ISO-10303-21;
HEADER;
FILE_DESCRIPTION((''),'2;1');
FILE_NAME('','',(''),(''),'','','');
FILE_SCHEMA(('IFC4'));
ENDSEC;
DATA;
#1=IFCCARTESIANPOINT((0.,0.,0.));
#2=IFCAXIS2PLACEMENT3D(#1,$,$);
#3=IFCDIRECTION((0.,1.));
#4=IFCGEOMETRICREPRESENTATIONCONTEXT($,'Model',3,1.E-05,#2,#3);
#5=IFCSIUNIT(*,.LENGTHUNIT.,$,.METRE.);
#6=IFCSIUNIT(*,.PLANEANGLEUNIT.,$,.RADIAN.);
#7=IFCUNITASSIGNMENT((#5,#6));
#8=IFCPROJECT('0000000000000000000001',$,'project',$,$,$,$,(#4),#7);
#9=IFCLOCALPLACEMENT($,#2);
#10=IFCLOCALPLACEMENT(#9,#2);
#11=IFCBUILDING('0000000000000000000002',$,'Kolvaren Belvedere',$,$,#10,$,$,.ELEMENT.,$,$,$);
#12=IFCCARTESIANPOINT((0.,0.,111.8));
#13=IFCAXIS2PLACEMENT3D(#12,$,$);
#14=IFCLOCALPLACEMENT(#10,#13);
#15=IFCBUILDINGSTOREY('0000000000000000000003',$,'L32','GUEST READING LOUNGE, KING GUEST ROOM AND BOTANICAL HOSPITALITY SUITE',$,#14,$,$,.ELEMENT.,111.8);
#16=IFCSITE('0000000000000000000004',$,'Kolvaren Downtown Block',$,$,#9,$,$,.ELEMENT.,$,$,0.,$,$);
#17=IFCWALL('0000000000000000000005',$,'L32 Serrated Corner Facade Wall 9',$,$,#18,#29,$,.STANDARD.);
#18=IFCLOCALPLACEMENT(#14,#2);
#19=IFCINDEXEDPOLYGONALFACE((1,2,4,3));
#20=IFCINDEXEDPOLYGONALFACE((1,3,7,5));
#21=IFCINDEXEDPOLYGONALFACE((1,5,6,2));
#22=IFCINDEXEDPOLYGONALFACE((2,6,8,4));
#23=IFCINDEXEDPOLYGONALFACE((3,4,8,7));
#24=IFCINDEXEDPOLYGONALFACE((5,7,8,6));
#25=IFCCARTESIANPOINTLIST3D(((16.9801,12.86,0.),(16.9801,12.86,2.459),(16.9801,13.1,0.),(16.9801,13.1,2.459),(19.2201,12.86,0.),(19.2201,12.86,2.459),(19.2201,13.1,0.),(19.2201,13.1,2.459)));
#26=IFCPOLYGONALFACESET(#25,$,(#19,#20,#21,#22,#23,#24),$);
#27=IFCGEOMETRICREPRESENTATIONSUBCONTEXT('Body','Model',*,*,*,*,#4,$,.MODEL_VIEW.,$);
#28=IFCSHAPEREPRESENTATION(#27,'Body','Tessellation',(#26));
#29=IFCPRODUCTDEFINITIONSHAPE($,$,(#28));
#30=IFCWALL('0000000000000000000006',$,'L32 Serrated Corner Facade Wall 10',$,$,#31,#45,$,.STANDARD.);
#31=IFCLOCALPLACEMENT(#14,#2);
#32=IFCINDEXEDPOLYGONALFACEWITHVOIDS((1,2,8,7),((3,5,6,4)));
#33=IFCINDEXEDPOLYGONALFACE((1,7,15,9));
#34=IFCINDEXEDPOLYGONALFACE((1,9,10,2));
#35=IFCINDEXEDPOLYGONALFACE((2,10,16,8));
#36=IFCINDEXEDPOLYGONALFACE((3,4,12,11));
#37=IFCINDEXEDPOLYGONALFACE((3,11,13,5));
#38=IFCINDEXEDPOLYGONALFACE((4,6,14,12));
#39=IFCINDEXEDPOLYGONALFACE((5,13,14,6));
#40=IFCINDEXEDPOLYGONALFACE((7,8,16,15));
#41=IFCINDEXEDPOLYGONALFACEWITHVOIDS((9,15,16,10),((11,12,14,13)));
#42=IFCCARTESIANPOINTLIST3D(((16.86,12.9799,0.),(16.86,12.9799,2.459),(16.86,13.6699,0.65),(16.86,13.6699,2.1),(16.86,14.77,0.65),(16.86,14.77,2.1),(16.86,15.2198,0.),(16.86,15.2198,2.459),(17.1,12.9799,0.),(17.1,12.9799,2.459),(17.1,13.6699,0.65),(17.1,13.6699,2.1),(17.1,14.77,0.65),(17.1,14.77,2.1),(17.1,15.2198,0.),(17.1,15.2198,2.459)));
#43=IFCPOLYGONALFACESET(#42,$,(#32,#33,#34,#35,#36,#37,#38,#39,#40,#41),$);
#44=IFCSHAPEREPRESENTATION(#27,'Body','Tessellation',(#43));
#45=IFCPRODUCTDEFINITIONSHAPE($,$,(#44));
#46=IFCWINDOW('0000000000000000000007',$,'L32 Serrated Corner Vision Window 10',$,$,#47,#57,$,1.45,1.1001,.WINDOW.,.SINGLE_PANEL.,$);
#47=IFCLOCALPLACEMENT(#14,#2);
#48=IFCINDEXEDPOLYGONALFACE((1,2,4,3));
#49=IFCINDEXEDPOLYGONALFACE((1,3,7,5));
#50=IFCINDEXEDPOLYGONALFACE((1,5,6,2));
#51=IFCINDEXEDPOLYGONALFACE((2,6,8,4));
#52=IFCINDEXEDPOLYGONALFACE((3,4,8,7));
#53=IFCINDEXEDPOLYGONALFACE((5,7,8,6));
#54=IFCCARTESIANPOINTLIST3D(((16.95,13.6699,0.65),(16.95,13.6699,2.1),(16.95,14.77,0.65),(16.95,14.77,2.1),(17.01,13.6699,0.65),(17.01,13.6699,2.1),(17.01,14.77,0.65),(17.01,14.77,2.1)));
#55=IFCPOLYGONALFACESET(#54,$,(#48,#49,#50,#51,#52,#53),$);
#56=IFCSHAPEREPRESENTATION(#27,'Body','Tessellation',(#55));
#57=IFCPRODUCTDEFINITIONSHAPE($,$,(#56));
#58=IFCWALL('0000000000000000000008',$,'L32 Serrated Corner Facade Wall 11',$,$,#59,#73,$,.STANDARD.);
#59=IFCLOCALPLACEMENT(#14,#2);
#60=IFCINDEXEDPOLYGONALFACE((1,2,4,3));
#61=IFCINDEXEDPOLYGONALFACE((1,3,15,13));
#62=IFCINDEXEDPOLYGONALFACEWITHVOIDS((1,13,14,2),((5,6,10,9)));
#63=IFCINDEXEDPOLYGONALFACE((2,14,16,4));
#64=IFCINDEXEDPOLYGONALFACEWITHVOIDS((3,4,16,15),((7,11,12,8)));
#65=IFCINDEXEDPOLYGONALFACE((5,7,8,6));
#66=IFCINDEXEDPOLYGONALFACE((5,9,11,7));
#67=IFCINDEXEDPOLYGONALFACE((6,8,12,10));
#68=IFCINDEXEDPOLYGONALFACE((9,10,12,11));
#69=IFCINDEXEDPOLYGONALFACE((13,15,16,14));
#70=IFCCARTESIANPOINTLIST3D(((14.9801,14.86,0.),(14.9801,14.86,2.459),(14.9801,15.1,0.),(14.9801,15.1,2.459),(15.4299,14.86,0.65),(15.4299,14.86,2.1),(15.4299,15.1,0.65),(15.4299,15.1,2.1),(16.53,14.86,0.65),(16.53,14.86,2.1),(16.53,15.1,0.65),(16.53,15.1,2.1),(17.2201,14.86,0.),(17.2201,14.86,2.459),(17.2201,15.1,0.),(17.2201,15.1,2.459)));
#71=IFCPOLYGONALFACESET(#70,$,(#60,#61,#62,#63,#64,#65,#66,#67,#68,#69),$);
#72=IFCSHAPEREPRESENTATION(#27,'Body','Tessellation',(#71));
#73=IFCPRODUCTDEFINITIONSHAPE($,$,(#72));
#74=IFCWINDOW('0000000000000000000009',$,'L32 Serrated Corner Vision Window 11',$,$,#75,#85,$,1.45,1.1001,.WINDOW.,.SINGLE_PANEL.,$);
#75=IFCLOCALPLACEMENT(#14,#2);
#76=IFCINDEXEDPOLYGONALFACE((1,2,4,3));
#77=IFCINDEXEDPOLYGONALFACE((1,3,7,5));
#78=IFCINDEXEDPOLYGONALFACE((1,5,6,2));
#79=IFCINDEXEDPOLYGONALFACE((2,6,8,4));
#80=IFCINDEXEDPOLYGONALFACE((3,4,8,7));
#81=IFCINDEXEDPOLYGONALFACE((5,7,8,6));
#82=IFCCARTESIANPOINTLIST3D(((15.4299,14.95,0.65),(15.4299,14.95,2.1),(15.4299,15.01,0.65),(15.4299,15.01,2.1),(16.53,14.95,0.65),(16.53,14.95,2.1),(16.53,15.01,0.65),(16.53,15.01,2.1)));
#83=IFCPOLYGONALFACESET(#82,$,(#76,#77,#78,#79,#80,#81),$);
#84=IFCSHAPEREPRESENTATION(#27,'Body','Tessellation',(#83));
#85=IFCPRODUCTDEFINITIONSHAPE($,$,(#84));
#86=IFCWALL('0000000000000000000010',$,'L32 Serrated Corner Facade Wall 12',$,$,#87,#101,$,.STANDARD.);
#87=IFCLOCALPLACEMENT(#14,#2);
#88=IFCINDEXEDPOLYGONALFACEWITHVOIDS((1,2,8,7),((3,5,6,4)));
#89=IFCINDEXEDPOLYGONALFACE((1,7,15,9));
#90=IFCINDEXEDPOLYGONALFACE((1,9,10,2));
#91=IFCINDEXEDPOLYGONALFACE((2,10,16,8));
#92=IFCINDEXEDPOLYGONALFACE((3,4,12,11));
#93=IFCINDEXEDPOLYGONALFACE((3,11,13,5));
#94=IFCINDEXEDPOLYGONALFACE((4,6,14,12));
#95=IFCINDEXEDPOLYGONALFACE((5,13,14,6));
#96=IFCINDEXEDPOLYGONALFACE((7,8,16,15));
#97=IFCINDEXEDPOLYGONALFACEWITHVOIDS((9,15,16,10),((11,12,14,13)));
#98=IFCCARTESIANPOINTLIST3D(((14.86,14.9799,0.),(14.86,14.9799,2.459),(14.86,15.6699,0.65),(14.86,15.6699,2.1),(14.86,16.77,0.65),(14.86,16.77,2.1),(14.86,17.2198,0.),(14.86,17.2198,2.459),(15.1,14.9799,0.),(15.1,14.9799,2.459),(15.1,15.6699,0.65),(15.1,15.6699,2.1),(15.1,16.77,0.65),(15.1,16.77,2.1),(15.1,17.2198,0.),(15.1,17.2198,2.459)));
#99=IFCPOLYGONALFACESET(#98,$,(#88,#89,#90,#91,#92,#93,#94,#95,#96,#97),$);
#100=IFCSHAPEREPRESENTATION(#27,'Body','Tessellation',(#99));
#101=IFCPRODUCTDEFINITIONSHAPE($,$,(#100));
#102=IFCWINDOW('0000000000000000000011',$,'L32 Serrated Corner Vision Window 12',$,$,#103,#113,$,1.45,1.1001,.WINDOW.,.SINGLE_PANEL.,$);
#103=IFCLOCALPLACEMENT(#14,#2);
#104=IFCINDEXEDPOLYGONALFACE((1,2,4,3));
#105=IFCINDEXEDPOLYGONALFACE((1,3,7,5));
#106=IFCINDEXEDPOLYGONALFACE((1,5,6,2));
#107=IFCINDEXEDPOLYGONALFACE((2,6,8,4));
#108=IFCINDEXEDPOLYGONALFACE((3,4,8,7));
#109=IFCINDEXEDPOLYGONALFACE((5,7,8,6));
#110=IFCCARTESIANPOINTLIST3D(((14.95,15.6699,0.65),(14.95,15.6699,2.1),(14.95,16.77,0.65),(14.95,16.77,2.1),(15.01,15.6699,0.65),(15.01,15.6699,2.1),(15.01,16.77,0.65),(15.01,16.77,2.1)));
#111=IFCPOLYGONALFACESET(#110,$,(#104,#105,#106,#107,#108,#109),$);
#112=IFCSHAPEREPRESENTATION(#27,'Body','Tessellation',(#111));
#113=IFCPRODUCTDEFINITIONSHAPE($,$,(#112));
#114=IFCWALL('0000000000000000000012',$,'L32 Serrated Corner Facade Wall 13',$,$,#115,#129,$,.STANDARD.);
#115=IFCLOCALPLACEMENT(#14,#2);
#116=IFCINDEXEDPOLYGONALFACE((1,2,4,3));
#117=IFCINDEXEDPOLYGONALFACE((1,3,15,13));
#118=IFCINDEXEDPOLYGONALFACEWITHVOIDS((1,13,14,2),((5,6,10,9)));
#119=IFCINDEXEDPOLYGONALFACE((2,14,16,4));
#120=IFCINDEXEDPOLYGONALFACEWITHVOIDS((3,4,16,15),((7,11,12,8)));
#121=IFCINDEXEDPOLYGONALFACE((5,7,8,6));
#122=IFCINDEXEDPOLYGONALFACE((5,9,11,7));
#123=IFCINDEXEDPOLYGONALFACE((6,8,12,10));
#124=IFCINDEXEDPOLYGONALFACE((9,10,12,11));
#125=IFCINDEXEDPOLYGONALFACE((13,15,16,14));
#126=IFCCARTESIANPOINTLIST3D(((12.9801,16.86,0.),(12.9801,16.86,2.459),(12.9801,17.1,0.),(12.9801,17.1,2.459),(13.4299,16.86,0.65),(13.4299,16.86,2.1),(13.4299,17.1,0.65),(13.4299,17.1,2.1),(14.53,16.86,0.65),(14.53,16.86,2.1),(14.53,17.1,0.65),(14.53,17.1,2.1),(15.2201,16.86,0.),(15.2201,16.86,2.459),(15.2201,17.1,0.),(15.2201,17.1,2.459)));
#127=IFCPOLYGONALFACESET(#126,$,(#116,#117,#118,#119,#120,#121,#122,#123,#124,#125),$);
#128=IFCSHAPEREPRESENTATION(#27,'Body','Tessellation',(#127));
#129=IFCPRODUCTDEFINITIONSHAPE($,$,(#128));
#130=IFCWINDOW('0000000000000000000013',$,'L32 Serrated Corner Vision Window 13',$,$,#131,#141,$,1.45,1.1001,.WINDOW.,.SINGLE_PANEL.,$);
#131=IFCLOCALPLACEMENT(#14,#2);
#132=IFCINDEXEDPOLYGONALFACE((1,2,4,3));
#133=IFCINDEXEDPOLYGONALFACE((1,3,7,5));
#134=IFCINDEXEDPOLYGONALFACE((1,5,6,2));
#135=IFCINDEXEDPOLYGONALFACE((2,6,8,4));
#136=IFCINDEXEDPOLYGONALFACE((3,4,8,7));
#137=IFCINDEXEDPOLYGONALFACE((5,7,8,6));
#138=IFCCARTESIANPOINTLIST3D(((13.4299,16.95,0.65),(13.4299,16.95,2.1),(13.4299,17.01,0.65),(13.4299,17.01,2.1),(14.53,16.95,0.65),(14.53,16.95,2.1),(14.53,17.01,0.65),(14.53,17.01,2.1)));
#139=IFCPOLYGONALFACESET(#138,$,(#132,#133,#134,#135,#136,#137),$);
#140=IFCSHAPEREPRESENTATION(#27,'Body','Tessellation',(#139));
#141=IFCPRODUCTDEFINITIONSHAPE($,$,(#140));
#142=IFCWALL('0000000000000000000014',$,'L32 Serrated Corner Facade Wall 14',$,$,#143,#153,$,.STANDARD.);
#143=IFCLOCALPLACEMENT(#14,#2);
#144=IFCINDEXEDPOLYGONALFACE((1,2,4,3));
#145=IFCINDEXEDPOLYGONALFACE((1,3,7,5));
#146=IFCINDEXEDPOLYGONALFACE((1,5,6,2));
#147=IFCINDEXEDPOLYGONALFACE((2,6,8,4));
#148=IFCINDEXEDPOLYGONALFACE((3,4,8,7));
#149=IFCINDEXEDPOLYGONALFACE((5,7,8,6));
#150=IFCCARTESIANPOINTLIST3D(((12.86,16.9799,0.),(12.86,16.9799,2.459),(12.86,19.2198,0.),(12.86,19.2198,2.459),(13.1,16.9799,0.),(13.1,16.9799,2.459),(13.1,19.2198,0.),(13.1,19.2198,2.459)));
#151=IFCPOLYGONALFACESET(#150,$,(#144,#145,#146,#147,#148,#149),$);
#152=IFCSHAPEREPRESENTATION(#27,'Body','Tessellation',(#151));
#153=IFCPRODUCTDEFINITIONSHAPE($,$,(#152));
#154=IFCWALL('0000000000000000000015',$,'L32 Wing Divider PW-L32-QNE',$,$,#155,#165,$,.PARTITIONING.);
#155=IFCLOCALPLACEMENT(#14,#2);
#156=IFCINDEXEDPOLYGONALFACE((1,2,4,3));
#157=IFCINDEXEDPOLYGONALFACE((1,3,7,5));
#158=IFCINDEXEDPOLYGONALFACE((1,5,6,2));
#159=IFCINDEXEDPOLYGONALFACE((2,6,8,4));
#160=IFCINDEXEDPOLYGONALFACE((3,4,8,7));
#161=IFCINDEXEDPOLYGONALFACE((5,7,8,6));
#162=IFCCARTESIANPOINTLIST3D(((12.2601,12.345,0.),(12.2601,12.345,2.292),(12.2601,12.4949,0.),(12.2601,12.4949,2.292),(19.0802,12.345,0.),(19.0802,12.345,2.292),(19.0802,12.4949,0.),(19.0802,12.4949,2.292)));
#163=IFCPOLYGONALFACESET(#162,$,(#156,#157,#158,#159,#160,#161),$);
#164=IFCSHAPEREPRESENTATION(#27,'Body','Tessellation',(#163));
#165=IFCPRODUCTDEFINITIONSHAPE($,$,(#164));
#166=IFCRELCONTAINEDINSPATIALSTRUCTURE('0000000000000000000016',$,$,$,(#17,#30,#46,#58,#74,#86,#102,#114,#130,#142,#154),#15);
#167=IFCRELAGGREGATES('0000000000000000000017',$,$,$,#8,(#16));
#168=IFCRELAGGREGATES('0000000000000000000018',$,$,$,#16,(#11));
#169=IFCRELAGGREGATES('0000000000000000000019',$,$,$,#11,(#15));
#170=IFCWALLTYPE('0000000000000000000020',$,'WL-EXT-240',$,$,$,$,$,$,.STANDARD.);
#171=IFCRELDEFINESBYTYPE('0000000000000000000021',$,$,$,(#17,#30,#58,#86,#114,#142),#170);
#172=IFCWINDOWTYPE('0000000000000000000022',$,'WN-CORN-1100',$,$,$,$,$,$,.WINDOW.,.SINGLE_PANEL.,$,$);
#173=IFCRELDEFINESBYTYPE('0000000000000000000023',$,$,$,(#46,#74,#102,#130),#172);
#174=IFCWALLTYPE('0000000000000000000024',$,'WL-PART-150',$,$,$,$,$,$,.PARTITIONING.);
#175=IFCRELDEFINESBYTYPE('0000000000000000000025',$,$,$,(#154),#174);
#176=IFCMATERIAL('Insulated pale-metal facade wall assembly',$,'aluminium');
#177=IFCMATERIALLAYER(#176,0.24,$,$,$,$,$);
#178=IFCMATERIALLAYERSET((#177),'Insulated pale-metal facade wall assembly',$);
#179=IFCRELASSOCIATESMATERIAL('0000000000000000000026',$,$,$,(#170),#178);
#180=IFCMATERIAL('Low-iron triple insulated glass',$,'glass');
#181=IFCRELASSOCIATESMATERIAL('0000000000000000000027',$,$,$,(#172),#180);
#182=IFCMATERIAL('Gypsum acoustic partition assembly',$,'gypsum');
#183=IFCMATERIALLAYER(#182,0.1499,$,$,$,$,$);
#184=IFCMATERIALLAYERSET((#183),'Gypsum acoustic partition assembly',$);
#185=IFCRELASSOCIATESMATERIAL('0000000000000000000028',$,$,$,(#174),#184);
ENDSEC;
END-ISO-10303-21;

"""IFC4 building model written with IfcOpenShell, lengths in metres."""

from ifc_helpers import new_model, si_unit, direction, frame, frame_2d, origin, place, context, subcontext, project, spatial, rectangle, extrude, material, layer, layer_set, type_object, element, fill, save


model = new_model("IFC4")

# Units and contexts
model_context = context("Model", 3, precision=1e-05, world=origin(), true_north=direction((0.0, 1.0)))
body_context = subcontext(model_context, "Body", "Model", "MODEL_VIEW")
ifc_project = project(units=[si_unit("LENGTHUNIT", "METRE"), si_unit("PLANEANGLEUNIT", "RADIAN")], contexts=[model_context])

# Site, building, storey
site_placement = place(None, origin())
site = spatial("IfcSite", under=ifc_project, at=site_placement, Name="Kolvaren Downtown Block", CompositionType="ELEMENT", RefElevation=0.0)
building_placement = place(site_placement, origin())
building = spatial("IfcBuilding", under=site, at=building_placement, Name="Kolvaren Belvedere", CompositionType="ELEMENT")
storey_placement = place(building_placement, frame((0.0, 0.0, 111.8)))
storey = spatial("IfcBuildingStorey", under=building, at=storey_placement, Name="L32", Description="GUEST READING LOUNGE, KING GUEST ROOM AND BOTANICAL HOSPITALITY SUITE", CompositionType="ELEMENT", Elevation=111.8)

# Wall
ifc_material_1 = material(Name="Insulated pale-metal facade wall assembly", Category="aluminium")
ifc_layer_1 = layer(ifc_material_1, 0.24)
ifc_layer_set_1 = layer_set([ifc_layer_1], Name="Insulated pale-metal facade wall assembly")
wall_type_1 = type_object("IfcWallType", Name="WL-EXT-240", PredefinedType="STANDARD", material=ifc_layer_set_1)
wall_1_placement = place(storey_placement, frame((16.98, 12.98, 0.0), z_axis=(0.0, 0.0, 1.0), x_axis=(1.0, 0.0, 0.0)))
element("IfcWall", 1, at=wall_1_placement, inside=storey, type_object=wall_type_1, Name="L32 Serrated Corner Facade Wall 9", PredefinedType="STANDARD", context=body_context, shape_type="SweptSolid", body=[
    extrude(rectangle(XDim=2.24, YDim=0.24, at=frame_2d((1.1201, 0.0))), origin(), (0.0, 0.0, 1.0), 2.459),
])

# Walls, openings, windows
wall_2_placement = place(storey_placement, frame((16.98, 15.22, 0.0), z_axis=(0.0, 0.0, 1.0), x_axis=(0.0, -1.0, 0.0)))
wall_2 = element("IfcWall", 2, at=wall_2_placement, inside=storey, type_object=wall_type_1, Name="L32 Serrated Corner Facade Wall 10", PredefinedType="STANDARD", context=body_context, shape_type="SweptSolid", body=[
    extrude(rectangle(XDim=2.24, YDim=0.24, at=frame_2d((1.1201, 0.0))), origin(), (0.0, 0.0, 1.0), 2.459),
])
opening_1_placement = place(wall_2_placement, frame((0.45, 0.0, 0.6499)))
opening_1 = element("IfcOpeningElement", 3, at=opening_1_placement, cuts=wall_2, PredefinedType="OPENING", context=body_context, shape_type="SweptSolid", body=[
    extrude(rectangle(XDim=1.1001, YDim=1.45, at=frame_2d((0.55, 0.7251))), frame((0.0, 0.1299, 0.0), z_axis=(0.0, -1.0, 0.0), x_axis=(1.0, 0.0, 0.0)), (0.0, 0.0, 1.0), 0.26),
])
ifc_material_2 = material(Name="Low-iron triple insulated glass", Category="glass")
window_type = type_object("IfcWindowType", Name="WN-CORN-1100", PartitioningType="SINGLE_PANEL", PredefinedType="WINDOW", material=ifc_material_2)
window_1_placement = place(opening_1_placement, origin())
window_1 = element("IfcWindow", 4, at=window_1_placement, inside=storey, type_object=window_type, Name="L32 Serrated Corner Vision Window 10", OverallHeight=1.45, OverallWidth=1.1001, PartitioningType="SINGLE_PANEL", PredefinedType="WINDOW", context=body_context, shape_type="SweptSolid", body=[
    extrude(rectangle(XDim=1.1001, YDim=1.45, at=frame_2d((0.55, 0.7251))), frame((0.0, 0.03, 0.0), z_axis=(0.0, -1.0, 0.0), x_axis=(1.0, 0.0, 0.0)), (0.0, 0.0, 1.0), 0.0601),
])
fill(opening_1, window_1)
wall_3_placement = place(storey_placement, frame((14.98, 14.98, 0.0), z_axis=(0.0, 0.0, 1.0), x_axis=(1.0, 0.0, 0.0)))
wall_3 = element("IfcWall", 5, at=wall_3_placement, inside=storey, type_object=wall_type_1, Name="L32 Serrated Corner Facade Wall 11", PredefinedType="STANDARD", context=body_context, shape_type="SweptSolid", body=[
    extrude(rectangle(XDim=2.24, YDim=0.24, at=frame_2d((1.1201, 0.0))), origin(), (0.0, 0.0, 1.0), 2.459),
])
opening_2_placement = place(wall_3_placement, frame((0.45, 0.0, 0.6499)))
opening_2 = element("IfcOpeningElement", 6, at=opening_2_placement, cuts=wall_3, PredefinedType="OPENING", context=body_context, shape_type="SweptSolid", body=[
    extrude(rectangle(XDim=1.1001, YDim=1.45, at=frame_2d((0.55, 0.7251))), frame((0.0, 0.1299, 0.0), z_axis=(0.0, -1.0, 0.0), x_axis=(1.0, 0.0, 0.0)), (0.0, 0.0, 1.0), 0.26),
])
window_2_placement = place(opening_2_placement, origin())
window_2 = element("IfcWindow", 7, at=window_2_placement, inside=storey, type_object=window_type, Name="L32 Serrated Corner Vision Window 11", OverallHeight=1.45, OverallWidth=1.1001, PartitioningType="SINGLE_PANEL", PredefinedType="WINDOW", context=body_context, shape_type="SweptSolid", body=[
    extrude(rectangle(XDim=1.1001, YDim=1.45, at=frame_2d((0.55, 0.7251))), frame((0.0, 0.03, 0.0), z_axis=(0.0, -1.0, 0.0), x_axis=(1.0, 0.0, 0.0)), (0.0, 0.0, 1.0), 0.0601),
])
fill(opening_2, window_2)
wall_4_placement = place(storey_placement, frame((14.98, 17.22, 0.0), z_axis=(0.0, 0.0, 1.0), x_axis=(0.0, -1.0, 0.0)))
wall_4 = element("IfcWall", 8, at=wall_4_placement, inside=storey, type_object=wall_type_1, Name="L32 Serrated Corner Facade Wall 12", PredefinedType="STANDARD", context=body_context, shape_type="SweptSolid", body=[
    extrude(rectangle(XDim=2.24, YDim=0.24, at=frame_2d((1.1201, 0.0))), origin(), (0.0, 0.0, 1.0), 2.459),
])
opening_3_placement = place(wall_4_placement, frame((0.45, 0.0, 0.6499)))
opening_3 = element("IfcOpeningElement", 9, at=opening_3_placement, cuts=wall_4, PredefinedType="OPENING", context=body_context, shape_type="SweptSolid", body=[
    extrude(rectangle(XDim=1.1001, YDim=1.45, at=frame_2d((0.55, 0.7251))), frame((0.0, 0.1299, 0.0), z_axis=(0.0, -1.0, 0.0), x_axis=(1.0, 0.0, 0.0)), (0.0, 0.0, 1.0), 0.26),
])
window_3_placement = place(opening_3_placement, origin())
window_3 = element("IfcWindow", 10, at=window_3_placement, inside=storey, type_object=window_type, Name="L32 Serrated Corner Vision Window 12", OverallHeight=1.45, OverallWidth=1.1001, PartitioningType="SINGLE_PANEL", PredefinedType="WINDOW", context=body_context, shape_type="SweptSolid", body=[
    extrude(rectangle(XDim=1.1001, YDim=1.45, at=frame_2d((0.55, 0.7251))), frame((0.0, 0.03, 0.0), z_axis=(0.0, -1.0, 0.0), x_axis=(1.0, 0.0, 0.0)), (0.0, 0.0, 1.0), 0.0601),
])
fill(opening_3, window_3)
wall_5_placement = place(storey_placement, frame((12.98, 16.98, 0.0), z_axis=(0.0, 0.0, 1.0), x_axis=(1.0, 0.0, 0.0)))
wall_5 = element("IfcWall", 11, at=wall_5_placement, inside=storey, type_object=wall_type_1, Name="L32 Serrated Corner Facade Wall 13", PredefinedType="STANDARD", context=body_context, shape_type="SweptSolid", body=[
    extrude(rectangle(XDim=2.24, YDim=0.24, at=frame_2d((1.1201, 0.0))), origin(), (0.0, 0.0, 1.0), 2.459),
])
opening_4_placement = place(wall_5_placement, frame((0.45, 0.0, 0.6499)))
opening_4 = element("IfcOpeningElement", 12, at=opening_4_placement, cuts=wall_5, PredefinedType="OPENING", context=body_context, shape_type="SweptSolid", body=[
    extrude(rectangle(XDim=1.1001, YDim=1.45, at=frame_2d((0.55, 0.7251))), frame((0.0, 0.1299, 0.0), z_axis=(0.0, -1.0, 0.0), x_axis=(1.0, 0.0, 0.0)), (0.0, 0.0, 1.0), 0.26),
])
window_4_placement = place(opening_4_placement, origin())
window_4 = element("IfcWindow", 13, at=window_4_placement, inside=storey, type_object=window_type, Name="L32 Serrated Corner Vision Window 13", OverallHeight=1.45, OverallWidth=1.1001, PartitioningType="SINGLE_PANEL", PredefinedType="WINDOW", context=body_context, shape_type="SweptSolid", body=[
    extrude(rectangle(XDim=1.1001, YDim=1.45, at=frame_2d((0.55, 0.7251))), frame((0.0, 0.03, 0.0), z_axis=(0.0, -1.0, 0.0), x_axis=(1.0, 0.0, 0.0)), (0.0, 0.0, 1.0), 0.0601),
])
fill(opening_4, window_4)

# Walls
wall_6_placement = place(storey_placement, frame((12.98, 19.22, 0.0), z_axis=(0.0, 0.0, 1.0), x_axis=(0.0, -1.0, 0.0)))
element("IfcWall", 14, at=wall_6_placement, inside=storey, type_object=wall_type_1, Name="L32 Serrated Corner Facade Wall 14", PredefinedType="STANDARD", context=body_context, shape_type="SweptSolid", body=[
    extrude(rectangle(XDim=2.24, YDim=0.24, at=frame_2d((1.1201, 0.0))), origin(), (0.0, 0.0, 1.0), 2.459),
])
ifc_material_3 = material(Name="Gypsum acoustic partition assembly", Category="gypsum")
ifc_layer_2 = layer(ifc_material_3, 0.1499)
ifc_layer_set_2 = layer_set([ifc_layer_2], Name="Gypsum acoustic partition assembly")
wall_type_2 = type_object("IfcWallType", Name="WL-PART-150", PredefinedType="PARTITIONING", material=ifc_layer_set_2)
wall_7_placement = place(storey_placement, frame((12.26, 12.4199, 0.0), z_axis=(0.0, 0.0, 1.0), x_axis=(1.0, 0.0, 0.0)))
element("IfcWall", 15, at=wall_7_placement, inside=storey, type_object=wall_type_2, Name="L32 Wing Divider PW-L32-QNE", PredefinedType="PARTITIONING", context=body_context, shape_type="SweptSolid", body=[
    extrude(rectangle(XDim=6.8201, YDim=0.1499, at=frame_2d((3.4102, 0.0))), origin(), (0.0, 0.0, 1.0), 2.292),
])

save(model, "model.ifc")
